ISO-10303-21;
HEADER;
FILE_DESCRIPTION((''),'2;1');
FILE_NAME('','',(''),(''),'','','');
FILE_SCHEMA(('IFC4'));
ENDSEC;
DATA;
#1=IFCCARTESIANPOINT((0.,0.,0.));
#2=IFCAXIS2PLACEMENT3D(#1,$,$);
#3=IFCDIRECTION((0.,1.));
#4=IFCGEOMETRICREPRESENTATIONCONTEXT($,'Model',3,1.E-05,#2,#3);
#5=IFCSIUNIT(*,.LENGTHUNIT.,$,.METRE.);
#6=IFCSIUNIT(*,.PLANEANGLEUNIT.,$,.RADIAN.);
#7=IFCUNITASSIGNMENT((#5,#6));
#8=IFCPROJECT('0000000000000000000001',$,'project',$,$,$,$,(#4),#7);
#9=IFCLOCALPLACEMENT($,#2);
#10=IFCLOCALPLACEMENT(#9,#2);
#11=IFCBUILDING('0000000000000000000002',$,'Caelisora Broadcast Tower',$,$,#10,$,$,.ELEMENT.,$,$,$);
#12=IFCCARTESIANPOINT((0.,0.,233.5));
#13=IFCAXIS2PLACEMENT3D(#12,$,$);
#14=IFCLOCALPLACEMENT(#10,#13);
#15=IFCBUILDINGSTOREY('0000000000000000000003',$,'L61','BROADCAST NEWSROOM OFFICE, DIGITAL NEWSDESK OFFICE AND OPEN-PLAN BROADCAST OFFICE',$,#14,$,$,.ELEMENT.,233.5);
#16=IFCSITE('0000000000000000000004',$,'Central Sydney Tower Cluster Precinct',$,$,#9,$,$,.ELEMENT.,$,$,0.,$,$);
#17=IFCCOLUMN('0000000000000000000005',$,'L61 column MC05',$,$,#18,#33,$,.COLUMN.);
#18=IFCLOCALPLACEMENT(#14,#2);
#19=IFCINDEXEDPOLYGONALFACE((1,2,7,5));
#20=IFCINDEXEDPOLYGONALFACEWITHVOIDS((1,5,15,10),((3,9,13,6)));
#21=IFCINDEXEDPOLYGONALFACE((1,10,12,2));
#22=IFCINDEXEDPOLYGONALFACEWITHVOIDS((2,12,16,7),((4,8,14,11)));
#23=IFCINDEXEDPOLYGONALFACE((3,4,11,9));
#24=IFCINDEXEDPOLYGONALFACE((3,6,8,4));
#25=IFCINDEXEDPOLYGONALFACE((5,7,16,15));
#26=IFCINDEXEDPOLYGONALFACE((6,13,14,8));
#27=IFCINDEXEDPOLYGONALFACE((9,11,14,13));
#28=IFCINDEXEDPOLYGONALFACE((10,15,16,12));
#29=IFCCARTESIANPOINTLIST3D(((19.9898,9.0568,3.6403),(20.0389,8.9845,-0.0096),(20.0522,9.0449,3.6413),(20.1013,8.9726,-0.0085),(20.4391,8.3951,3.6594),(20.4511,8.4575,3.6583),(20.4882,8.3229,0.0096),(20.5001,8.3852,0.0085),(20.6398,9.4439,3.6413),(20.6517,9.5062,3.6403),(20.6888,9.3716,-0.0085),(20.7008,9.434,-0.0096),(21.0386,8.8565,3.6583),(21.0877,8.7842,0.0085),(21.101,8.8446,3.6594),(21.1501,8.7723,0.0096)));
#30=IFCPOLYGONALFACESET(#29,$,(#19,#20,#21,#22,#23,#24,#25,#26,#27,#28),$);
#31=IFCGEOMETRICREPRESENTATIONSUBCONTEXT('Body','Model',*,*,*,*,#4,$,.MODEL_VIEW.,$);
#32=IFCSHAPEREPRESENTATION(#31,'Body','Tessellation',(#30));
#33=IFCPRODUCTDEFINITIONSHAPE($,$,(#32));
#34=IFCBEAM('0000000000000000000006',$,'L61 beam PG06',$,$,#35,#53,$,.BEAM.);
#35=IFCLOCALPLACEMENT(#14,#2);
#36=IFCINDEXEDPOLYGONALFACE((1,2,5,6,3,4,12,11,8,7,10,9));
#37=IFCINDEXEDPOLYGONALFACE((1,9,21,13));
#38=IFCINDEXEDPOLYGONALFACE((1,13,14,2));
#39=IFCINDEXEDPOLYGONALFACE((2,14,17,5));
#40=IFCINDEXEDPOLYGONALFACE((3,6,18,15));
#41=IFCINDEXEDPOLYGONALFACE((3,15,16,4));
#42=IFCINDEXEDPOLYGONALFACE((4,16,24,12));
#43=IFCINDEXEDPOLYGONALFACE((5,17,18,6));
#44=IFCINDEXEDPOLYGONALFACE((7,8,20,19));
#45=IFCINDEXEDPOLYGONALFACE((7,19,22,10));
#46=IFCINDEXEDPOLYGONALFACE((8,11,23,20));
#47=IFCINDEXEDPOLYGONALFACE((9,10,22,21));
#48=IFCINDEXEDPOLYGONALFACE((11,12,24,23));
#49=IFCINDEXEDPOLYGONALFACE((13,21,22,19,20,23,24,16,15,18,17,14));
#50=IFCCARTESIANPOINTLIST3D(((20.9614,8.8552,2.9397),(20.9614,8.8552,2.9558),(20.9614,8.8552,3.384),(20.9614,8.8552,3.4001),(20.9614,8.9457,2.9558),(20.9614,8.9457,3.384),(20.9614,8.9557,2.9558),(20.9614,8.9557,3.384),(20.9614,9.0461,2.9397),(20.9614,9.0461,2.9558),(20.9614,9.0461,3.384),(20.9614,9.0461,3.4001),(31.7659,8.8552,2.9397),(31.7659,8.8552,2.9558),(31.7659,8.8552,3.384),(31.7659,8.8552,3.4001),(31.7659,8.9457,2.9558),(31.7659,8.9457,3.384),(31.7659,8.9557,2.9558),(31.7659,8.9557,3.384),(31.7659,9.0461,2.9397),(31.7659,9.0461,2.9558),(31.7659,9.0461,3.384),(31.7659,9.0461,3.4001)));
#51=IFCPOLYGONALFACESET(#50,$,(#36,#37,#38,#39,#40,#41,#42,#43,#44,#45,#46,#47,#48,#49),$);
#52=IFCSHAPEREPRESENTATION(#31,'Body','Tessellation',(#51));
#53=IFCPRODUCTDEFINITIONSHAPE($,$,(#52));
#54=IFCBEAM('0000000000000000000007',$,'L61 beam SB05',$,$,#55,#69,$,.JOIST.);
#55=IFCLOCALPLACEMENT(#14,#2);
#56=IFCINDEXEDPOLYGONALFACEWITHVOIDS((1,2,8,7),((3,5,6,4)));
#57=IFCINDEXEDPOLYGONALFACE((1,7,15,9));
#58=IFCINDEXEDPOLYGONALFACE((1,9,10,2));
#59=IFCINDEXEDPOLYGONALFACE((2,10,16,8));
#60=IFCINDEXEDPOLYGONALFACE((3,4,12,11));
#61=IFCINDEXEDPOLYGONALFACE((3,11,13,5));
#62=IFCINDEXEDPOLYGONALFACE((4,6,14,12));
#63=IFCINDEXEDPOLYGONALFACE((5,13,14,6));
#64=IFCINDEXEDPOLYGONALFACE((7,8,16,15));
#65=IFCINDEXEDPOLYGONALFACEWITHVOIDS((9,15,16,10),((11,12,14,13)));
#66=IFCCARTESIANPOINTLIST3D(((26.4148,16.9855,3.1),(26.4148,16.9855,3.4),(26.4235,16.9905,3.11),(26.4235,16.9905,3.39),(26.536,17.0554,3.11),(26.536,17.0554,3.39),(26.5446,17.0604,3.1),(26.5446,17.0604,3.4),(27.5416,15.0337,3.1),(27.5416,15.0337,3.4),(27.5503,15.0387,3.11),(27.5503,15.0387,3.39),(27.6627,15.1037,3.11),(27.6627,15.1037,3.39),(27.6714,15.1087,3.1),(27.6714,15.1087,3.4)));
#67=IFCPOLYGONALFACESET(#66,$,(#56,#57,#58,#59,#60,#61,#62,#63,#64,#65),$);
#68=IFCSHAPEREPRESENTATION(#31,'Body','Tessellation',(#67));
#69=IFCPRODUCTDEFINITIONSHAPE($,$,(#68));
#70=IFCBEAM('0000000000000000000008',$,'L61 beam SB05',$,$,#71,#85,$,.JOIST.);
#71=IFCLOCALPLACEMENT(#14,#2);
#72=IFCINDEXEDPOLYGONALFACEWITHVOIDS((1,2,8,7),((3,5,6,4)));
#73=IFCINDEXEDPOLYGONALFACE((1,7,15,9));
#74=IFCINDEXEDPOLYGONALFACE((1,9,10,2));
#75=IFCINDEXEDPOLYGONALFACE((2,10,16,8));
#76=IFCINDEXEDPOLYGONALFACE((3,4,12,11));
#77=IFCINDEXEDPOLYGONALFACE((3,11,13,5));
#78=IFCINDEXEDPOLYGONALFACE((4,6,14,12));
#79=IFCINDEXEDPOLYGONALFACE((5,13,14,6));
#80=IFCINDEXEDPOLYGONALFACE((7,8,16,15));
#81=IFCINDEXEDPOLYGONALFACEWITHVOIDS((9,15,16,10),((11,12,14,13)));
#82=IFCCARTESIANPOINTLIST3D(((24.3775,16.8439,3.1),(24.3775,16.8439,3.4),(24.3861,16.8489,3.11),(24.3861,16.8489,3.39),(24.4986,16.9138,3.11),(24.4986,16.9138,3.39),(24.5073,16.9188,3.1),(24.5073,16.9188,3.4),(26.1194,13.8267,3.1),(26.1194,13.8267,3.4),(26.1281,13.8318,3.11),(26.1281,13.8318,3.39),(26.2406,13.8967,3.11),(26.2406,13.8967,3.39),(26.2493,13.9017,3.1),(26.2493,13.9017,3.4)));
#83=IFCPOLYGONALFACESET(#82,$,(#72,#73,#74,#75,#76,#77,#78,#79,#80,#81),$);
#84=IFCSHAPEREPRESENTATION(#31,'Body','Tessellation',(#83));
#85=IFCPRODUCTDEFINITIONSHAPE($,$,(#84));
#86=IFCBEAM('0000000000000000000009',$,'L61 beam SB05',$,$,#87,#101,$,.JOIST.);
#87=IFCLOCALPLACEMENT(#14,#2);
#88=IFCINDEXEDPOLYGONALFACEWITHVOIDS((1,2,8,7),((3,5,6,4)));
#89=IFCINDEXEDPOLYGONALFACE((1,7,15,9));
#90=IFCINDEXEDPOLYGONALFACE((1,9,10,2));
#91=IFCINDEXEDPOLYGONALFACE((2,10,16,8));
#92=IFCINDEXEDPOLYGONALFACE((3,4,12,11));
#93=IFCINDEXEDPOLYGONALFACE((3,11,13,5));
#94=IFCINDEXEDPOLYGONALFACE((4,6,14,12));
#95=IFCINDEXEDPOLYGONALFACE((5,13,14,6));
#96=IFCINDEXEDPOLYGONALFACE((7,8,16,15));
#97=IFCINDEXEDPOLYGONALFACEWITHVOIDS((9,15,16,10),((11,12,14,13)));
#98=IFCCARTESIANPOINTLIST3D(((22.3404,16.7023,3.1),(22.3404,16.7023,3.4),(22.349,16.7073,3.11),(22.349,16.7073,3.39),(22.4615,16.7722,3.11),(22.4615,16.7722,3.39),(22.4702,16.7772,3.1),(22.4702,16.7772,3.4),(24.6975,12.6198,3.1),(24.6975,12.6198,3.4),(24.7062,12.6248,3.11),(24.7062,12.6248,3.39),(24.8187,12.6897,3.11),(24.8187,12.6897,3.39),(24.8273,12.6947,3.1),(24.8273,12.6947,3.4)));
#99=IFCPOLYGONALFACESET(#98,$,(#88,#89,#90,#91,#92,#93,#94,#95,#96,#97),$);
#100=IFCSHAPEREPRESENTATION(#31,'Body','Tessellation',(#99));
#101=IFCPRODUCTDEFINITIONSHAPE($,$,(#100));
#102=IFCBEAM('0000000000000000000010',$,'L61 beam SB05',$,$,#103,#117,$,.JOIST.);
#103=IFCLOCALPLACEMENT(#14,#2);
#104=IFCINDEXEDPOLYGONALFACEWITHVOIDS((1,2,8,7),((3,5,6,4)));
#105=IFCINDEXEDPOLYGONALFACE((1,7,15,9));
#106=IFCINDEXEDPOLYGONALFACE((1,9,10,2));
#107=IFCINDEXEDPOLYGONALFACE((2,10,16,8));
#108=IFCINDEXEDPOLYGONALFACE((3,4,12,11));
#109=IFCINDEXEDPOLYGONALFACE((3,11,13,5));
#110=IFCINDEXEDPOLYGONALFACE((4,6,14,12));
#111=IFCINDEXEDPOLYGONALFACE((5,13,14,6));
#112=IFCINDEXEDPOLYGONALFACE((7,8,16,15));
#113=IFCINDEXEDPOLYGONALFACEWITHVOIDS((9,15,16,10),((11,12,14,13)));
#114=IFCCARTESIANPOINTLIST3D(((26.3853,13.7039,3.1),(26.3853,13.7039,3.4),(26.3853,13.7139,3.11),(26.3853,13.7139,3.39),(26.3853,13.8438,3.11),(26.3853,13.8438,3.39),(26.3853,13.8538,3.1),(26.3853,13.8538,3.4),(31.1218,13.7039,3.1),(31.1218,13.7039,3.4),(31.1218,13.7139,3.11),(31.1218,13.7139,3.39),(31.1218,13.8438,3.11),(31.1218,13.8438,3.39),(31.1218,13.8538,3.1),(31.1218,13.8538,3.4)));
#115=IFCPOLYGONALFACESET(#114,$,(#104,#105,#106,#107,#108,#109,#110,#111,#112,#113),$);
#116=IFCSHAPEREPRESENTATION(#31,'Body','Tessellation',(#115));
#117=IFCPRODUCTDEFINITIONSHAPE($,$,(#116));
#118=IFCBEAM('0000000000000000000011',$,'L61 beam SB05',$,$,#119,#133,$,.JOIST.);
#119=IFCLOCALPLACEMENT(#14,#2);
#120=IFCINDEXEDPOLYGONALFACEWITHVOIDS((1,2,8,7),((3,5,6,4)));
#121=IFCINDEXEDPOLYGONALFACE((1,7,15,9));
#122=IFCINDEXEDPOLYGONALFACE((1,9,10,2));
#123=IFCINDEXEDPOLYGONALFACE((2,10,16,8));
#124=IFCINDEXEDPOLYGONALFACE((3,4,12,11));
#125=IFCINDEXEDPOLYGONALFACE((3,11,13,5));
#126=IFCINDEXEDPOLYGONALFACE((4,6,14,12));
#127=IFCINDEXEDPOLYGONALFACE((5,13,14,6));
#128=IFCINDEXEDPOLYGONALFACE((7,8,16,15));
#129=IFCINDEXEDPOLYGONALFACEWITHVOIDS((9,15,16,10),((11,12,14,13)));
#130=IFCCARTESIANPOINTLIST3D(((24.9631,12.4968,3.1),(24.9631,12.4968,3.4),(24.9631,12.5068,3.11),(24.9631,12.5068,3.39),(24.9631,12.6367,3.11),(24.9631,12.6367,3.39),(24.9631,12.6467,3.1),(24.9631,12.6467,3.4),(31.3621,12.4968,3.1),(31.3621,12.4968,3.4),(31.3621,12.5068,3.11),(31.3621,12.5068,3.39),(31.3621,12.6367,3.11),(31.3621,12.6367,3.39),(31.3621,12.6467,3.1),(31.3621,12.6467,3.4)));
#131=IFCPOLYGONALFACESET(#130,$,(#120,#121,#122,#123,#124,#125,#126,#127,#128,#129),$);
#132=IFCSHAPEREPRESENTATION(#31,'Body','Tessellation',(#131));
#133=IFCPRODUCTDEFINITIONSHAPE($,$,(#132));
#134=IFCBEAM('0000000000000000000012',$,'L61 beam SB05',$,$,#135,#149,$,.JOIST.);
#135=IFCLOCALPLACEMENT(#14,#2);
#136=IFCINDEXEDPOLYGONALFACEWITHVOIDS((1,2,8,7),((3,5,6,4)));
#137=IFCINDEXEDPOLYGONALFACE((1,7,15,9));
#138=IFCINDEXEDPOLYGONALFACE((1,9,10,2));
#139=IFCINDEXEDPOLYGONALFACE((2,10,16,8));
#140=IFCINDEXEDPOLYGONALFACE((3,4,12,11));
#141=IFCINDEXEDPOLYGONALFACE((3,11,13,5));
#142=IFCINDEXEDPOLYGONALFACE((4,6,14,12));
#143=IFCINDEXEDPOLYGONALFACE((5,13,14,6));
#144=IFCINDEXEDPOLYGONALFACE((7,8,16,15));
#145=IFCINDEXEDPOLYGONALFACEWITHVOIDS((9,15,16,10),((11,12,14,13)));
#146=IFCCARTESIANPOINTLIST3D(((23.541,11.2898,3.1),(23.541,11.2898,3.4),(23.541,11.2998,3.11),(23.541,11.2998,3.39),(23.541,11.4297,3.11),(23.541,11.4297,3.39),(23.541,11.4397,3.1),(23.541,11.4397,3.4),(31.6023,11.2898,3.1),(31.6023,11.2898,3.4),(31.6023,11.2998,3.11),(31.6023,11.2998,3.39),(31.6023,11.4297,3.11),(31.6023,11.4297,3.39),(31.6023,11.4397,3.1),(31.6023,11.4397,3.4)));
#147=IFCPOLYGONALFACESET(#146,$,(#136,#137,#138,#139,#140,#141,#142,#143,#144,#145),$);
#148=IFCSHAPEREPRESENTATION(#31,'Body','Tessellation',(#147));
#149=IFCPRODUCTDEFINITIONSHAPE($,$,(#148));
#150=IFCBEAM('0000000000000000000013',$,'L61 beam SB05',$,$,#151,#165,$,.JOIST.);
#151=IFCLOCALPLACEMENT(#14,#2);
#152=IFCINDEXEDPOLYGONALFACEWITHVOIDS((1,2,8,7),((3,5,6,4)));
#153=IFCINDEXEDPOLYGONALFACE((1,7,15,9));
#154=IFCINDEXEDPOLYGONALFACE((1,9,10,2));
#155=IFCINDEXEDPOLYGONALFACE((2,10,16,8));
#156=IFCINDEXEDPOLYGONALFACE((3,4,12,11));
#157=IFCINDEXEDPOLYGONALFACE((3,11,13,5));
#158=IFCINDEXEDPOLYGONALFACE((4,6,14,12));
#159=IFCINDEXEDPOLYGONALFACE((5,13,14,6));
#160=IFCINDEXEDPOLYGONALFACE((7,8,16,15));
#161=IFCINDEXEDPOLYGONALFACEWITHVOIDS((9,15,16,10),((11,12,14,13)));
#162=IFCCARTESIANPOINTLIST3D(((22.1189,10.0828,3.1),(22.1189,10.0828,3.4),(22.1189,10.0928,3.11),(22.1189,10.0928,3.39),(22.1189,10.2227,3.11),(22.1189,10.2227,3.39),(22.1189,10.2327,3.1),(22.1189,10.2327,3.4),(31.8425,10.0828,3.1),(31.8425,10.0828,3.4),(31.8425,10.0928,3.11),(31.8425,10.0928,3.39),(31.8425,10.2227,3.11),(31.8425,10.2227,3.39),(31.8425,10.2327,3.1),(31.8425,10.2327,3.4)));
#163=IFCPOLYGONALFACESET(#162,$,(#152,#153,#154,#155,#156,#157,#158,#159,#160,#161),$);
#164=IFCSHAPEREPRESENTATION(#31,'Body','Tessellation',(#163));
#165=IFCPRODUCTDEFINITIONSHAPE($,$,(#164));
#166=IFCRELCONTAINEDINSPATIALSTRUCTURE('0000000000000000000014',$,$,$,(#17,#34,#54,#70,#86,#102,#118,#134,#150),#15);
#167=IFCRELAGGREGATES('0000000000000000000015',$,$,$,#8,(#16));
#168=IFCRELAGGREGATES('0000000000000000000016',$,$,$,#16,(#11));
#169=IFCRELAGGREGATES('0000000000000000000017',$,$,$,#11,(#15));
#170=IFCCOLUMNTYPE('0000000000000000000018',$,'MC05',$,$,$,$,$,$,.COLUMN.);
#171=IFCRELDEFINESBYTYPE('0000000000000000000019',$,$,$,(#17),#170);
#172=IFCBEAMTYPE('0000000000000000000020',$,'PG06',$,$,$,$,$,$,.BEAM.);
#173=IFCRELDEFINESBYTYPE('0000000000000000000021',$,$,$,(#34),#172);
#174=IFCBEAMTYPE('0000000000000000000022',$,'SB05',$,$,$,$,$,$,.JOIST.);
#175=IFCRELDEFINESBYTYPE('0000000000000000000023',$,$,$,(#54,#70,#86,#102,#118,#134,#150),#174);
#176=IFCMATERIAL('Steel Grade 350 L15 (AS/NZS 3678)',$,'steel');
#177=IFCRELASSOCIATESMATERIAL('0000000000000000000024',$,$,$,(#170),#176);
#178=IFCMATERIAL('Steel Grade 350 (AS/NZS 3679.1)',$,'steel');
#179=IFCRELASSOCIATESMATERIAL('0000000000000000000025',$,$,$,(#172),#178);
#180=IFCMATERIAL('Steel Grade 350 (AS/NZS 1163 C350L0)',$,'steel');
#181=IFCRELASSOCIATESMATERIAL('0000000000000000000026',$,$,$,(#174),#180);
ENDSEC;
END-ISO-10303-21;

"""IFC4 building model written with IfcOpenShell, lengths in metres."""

from ifc_helpers import new_model, si_unit, direction, frame, origin, origin_2d, place, context, subcontext, project, spatial, hollow_rectangle, i_section, extrude, source, transform, mapped, material, material_profile, profile_set, type_object, type_shapes, element, save


model = new_model("IFC4")

# Units and contexts
model_context = context("Model", 3, precision=1e-05, world=origin(), true_north=direction((0.0, 1.0)))
body_context = subcontext(model_context, "Body", "Model", "MODEL_VIEW")
ifc_project = project(units=[si_unit("LENGTHUNIT", "METRE"), si_unit("PLANEANGLEUNIT", "RADIAN")], contexts=[model_context])

# Site, building, storey
site_placement = place(None, origin())
site = spatial("IfcSite", under=ifc_project, at=site_placement, Name="Central Sydney Tower Cluster Precinct", CompositionType="ELEMENT", RefElevation=0.0)
building_placement = place(site_placement, origin())
building = spatial("IfcBuilding", under=site, at=building_placement, Name="Caelisora Broadcast Tower", CompositionType="ELEMENT")
storey_placement = place(building_placement, frame((0.0, 0.0, 233.5)))
storey = spatial("IfcBuildingStorey", under=building, at=storey_placement, Name="L61", Description="BROADCAST NEWSROOM OFFICE, DIGITAL NEWSDESK OFFICE AND OPEN-PLAN BROADCAST OFFICE", CompositionType="ELEMENT", Elevation=233.5)

# Column
ifc_material_1 = material(Name="Steel Grade 350 L15 (AS/NZS 3678)", Category="steel")
ifc_material_profile_1 = material_profile(ifc_material_1, hollow_rectangle(XDim=0.8, YDim=0.8, WallThickness=0.0449, at=origin_2d()), Name="Steel Grade 350 L15 (AS/NZS 3678)")
ifc_profile_set_1 = profile_set([ifc_material_profile_1], Name="Steel Grade 350 L15 (AS/NZS 3678)")
column_type = type_object("IfcColumnType", Name="MC05", PredefinedType="COLUMN", material=ifc_profile_set_1)
shared_shape_1 = source(origin(), body_context, "Body", "SweptSolid", [
    extrude(hollow_rectangle(XDim=0.8, YDim=0.8, WallThickness=0.0449, at=origin_2d()), origin(), (0.0, 0.0, 1.0), 3.6509),
])
type_shapes(column_type, [shared_shape_1])
column_placement = place(storey_placement, frame((20.5945, 8.8784, 0.0), z_axis=(-0.013441, 0.019794, 0.999714), x_axis=(-0.82729, -0.561775, 0.0)))
element("IfcColumn", 1, at=column_placement, inside=storey, type_object=column_type, Name="L61 column MC05", PredefinedType="COLUMN", context=body_context, shape_type="MappedRepresentation", body=[
    mapped(shared_shape_1, transform((0.0, 0.0, 0.0), scale=1.0)),
])

# Beams
ifc_material_2 = material(Name="Steel Grade 350 (AS/NZS 3679.1)", Category="steel")
ifc_material_profile_2 = material_profile(ifc_material_2, i_section(OverallWidth=0.1909, OverallDepth=0.4604, WebThickness=0.01, FlangeThickness=0.0161, at=origin_2d()), Name="Steel Grade 350 (AS/NZS 3679.1)")
ifc_profile_set_2 = profile_set([ifc_material_profile_2], Name="Steel Grade 350 (AS/NZS 3679.1)")
beam_type_1 = type_object("IfcBeamType", Name="PG06", PredefinedType="BEAM", material=ifc_profile_set_2)
shared_shape_2 = source(origin(), body_context, "Body", "SweptSolid", [
    extrude(i_section(OverallWidth=0.1909, OverallDepth=0.4604, WebThickness=0.01, FlangeThickness=0.0161, at=origin_2d()), origin(), (0.0, 0.0, 1.0), 10.8044),
])
type_shapes(beam_type_1, [shared_shape_2])
beam_1_placement = place(storey_placement, frame((20.9614, 8.9507, 3.1699), z_axis=(1.0, 0.0, 0.0), x_axis=(0.0, 1.0, 0.0)))
element("IfcBeam", 2, at=beam_1_placement, inside=storey, type_object=beam_type_1, Name="L61 beam PG06", PredefinedType="BEAM", context=body_context, shape_type="MappedRepresentation", body=[
    mapped(shared_shape_2, transform((0.0, 0.0, 0.0), scale=1.0)),
])
ifc_material_3 = material(Name="Steel Grade 350 (AS/NZS 1163 C350L0)", Category="steel")
ifc_material_profile_3 = material_profile(ifc_material_3, hollow_rectangle(XDim=0.1499, YDim=0.3, WallThickness=0.01, at=origin_2d()), Name="Steel Grade 350 (AS/NZS 1163 C350L0)")
ifc_profile_set_3 = profile_set([ifc_material_profile_3], Name="Steel Grade 350 (AS/NZS 1163 C350L0)")
beam_type_2 = type_object("IfcBeamType", Name="SB05", PredefinedType="JOIST", material=ifc_profile_set_3)
shared_shape_3 = source(origin(), body_context, "Body", "SweptSolid", [
    extrude(hollow_rectangle(XDim=0.1499, YDim=0.3, WallThickness=0.01, at=origin_2d()), origin(), (0.0, 0.0, 1.0), 2.2537),
])
beam_2_placement = place(storey_placement, frame((26.4797, 17.0229, 3.25), z_axis=(0.499973, -0.866041, 0.0), x_axis=(0.866041, 0.499973, 0.0)))
element("IfcBeam", 3, at=beam_2_placement, inside=storey, type_object=beam_type_2, Name="L61 beam SB05", PredefinedType="JOIST", context=body_context, shape_type="MappedRepresentation", body=[
    mapped(shared_shape_3, transform((0.0, 0.0, 0.0), scale=1.0)),
])
shared_shape_4 = source(origin(), body_context, "Body", "SweptSolid", [
    extrude(hollow_rectangle(XDim=0.1499, YDim=0.3, WallThickness=0.01, at=origin_2d()), origin(), (0.0, 0.0, 1.0), 3.4839),
])
beam_3_placement = place(storey_placement, frame((24.4424, 16.8813, 3.25), z_axis=(0.500006, -0.866022, 0.0), x_axis=(0.866022, 0.500006, 0.0)))
element("IfcBeam", 4, at=beam_3_placement, inside=storey, type_object=beam_type_2, Name="L61 beam SB05", PredefinedType="JOIST", context=body_context, shape_type="MappedRepresentation", body=[
    mapped(shared_shape_4, transform((0.0, 0.0, 0.0), scale=1.0)),
])
shared_shape_5 = source(origin(), body_context, "Body", "SweptSolid", [
    extrude(hollow_rectangle(XDim=0.1499, YDim=0.3, WallThickness=0.01, at=origin_2d()), origin(), (0.0, 0.0, 1.0), 4.7141),
])
beam_4_placement = place(storey_placement, frame((22.4053, 16.7397, 3.25), z_axis=(0.500021, -0.866013, 0.0), x_axis=(0.866013, 0.500021, 0.0)))
element("IfcBeam", 5, at=beam_4_placement, inside=storey, type_object=beam_type_2, Name="L61 beam SB05", PredefinedType="JOIST", context=body_context, shape_type="MappedRepresentation", body=[
    mapped(shared_shape_5, transform((0.0, 0.0, 0.0), scale=1.0)),
])
shared_shape_6 = source(origin(), body_context, "Body", "SweptSolid", [
    extrude(hollow_rectangle(XDim=0.1499, YDim=0.3, WallThickness=0.01, at=origin_2d()), origin(), (0.0, 0.0, 1.0), 4.7366),
])
beam_5_placement = place(storey_placement, frame((26.3853, 13.7788, 3.25), z_axis=(1.0, 0.0, 0.0), x_axis=(0.0, 1.0, 0.0)))
element("IfcBeam", 6, at=beam_5_placement, inside=storey, type_object=beam_type_2, Name="L61 beam SB05", PredefinedType="JOIST", context=body_context, shape_type="MappedRepresentation", body=[
    mapped(shared_shape_6, transform((0.0, 0.0, 0.0), scale=1.0)),
])
shared_shape_7 = source(origin(), body_context, "Body", "SweptSolid", [
    extrude(hollow_rectangle(XDim=0.1499, YDim=0.3, WallThickness=0.01, at=origin_2d()), origin(), (0.0, 0.0, 1.0), 6.3989),
])
beam_6_placement = place(storey_placement, frame((24.9631, 12.5718, 3.25), z_axis=(1.0, 0.0, 0.0), x_axis=(0.0, 1.0, 0.0)))
element("IfcBeam", 7, at=beam_6_placement, inside=storey, type_object=beam_type_2, Name="L61 beam SB05", PredefinedType="JOIST", context=body_context, shape_type="MappedRepresentation", body=[
    mapped(shared_shape_7, transform((0.0, 0.0, 0.0), scale=1.0)),
])
shared_shape_8 = source(origin(), body_context, "Body", "SweptSolid", [
    extrude(hollow_rectangle(XDim=0.1499, YDim=0.3, WallThickness=0.01, at=origin_2d()), origin(), (0.0, 0.0, 1.0), 8.0613),
])
beam_7_placement = place(storey_placement, frame((23.541, 11.3647, 3.25), z_axis=(1.0, 0.0, 0.0), x_axis=(0.0, 1.0, 0.0)))
element("IfcBeam", 8, at=beam_7_placement, inside=storey, type_object=beam_type_2, Name="L61 beam SB05", PredefinedType="JOIST", context=body_context, shape_type="MappedRepresentation", body=[
    mapped(shared_shape_8, transform((0.0, 0.0, 0.0), scale=1.0)),
])
shared_shape_9 = source(origin(), body_context, "Body", "SweptSolid", [
    extrude(hollow_rectangle(XDim=0.1499, YDim=0.3, WallThickness=0.01, at=origin_2d()), origin(), (0.0, 0.0, 1.0), 9.7236),
])
type_shapes(beam_type_2, [shared_shape_3, shared_shape_4, shared_shape_5, shared_shape_6, shared_shape_7, shared_shape_8, shared_shape_9])
beam_8_placement = place(storey_placement, frame((22.1189, 10.1577, 3.25), z_axis=(1.0, 0.0, 0.0), x_axis=(0.0, 1.0, 0.0)))
element("IfcBeam", 9, at=beam_8_placement, inside=storey, type_object=beam_type_2, Name="L61 beam SB05", PredefinedType="JOIST", context=body_context, shape_type="MappedRepresentation", body=[
    mapped(shared_shape_9, transform((0.0, 0.0, 0.0), scale=1.0)),
])

save(model, "model.ifc")
